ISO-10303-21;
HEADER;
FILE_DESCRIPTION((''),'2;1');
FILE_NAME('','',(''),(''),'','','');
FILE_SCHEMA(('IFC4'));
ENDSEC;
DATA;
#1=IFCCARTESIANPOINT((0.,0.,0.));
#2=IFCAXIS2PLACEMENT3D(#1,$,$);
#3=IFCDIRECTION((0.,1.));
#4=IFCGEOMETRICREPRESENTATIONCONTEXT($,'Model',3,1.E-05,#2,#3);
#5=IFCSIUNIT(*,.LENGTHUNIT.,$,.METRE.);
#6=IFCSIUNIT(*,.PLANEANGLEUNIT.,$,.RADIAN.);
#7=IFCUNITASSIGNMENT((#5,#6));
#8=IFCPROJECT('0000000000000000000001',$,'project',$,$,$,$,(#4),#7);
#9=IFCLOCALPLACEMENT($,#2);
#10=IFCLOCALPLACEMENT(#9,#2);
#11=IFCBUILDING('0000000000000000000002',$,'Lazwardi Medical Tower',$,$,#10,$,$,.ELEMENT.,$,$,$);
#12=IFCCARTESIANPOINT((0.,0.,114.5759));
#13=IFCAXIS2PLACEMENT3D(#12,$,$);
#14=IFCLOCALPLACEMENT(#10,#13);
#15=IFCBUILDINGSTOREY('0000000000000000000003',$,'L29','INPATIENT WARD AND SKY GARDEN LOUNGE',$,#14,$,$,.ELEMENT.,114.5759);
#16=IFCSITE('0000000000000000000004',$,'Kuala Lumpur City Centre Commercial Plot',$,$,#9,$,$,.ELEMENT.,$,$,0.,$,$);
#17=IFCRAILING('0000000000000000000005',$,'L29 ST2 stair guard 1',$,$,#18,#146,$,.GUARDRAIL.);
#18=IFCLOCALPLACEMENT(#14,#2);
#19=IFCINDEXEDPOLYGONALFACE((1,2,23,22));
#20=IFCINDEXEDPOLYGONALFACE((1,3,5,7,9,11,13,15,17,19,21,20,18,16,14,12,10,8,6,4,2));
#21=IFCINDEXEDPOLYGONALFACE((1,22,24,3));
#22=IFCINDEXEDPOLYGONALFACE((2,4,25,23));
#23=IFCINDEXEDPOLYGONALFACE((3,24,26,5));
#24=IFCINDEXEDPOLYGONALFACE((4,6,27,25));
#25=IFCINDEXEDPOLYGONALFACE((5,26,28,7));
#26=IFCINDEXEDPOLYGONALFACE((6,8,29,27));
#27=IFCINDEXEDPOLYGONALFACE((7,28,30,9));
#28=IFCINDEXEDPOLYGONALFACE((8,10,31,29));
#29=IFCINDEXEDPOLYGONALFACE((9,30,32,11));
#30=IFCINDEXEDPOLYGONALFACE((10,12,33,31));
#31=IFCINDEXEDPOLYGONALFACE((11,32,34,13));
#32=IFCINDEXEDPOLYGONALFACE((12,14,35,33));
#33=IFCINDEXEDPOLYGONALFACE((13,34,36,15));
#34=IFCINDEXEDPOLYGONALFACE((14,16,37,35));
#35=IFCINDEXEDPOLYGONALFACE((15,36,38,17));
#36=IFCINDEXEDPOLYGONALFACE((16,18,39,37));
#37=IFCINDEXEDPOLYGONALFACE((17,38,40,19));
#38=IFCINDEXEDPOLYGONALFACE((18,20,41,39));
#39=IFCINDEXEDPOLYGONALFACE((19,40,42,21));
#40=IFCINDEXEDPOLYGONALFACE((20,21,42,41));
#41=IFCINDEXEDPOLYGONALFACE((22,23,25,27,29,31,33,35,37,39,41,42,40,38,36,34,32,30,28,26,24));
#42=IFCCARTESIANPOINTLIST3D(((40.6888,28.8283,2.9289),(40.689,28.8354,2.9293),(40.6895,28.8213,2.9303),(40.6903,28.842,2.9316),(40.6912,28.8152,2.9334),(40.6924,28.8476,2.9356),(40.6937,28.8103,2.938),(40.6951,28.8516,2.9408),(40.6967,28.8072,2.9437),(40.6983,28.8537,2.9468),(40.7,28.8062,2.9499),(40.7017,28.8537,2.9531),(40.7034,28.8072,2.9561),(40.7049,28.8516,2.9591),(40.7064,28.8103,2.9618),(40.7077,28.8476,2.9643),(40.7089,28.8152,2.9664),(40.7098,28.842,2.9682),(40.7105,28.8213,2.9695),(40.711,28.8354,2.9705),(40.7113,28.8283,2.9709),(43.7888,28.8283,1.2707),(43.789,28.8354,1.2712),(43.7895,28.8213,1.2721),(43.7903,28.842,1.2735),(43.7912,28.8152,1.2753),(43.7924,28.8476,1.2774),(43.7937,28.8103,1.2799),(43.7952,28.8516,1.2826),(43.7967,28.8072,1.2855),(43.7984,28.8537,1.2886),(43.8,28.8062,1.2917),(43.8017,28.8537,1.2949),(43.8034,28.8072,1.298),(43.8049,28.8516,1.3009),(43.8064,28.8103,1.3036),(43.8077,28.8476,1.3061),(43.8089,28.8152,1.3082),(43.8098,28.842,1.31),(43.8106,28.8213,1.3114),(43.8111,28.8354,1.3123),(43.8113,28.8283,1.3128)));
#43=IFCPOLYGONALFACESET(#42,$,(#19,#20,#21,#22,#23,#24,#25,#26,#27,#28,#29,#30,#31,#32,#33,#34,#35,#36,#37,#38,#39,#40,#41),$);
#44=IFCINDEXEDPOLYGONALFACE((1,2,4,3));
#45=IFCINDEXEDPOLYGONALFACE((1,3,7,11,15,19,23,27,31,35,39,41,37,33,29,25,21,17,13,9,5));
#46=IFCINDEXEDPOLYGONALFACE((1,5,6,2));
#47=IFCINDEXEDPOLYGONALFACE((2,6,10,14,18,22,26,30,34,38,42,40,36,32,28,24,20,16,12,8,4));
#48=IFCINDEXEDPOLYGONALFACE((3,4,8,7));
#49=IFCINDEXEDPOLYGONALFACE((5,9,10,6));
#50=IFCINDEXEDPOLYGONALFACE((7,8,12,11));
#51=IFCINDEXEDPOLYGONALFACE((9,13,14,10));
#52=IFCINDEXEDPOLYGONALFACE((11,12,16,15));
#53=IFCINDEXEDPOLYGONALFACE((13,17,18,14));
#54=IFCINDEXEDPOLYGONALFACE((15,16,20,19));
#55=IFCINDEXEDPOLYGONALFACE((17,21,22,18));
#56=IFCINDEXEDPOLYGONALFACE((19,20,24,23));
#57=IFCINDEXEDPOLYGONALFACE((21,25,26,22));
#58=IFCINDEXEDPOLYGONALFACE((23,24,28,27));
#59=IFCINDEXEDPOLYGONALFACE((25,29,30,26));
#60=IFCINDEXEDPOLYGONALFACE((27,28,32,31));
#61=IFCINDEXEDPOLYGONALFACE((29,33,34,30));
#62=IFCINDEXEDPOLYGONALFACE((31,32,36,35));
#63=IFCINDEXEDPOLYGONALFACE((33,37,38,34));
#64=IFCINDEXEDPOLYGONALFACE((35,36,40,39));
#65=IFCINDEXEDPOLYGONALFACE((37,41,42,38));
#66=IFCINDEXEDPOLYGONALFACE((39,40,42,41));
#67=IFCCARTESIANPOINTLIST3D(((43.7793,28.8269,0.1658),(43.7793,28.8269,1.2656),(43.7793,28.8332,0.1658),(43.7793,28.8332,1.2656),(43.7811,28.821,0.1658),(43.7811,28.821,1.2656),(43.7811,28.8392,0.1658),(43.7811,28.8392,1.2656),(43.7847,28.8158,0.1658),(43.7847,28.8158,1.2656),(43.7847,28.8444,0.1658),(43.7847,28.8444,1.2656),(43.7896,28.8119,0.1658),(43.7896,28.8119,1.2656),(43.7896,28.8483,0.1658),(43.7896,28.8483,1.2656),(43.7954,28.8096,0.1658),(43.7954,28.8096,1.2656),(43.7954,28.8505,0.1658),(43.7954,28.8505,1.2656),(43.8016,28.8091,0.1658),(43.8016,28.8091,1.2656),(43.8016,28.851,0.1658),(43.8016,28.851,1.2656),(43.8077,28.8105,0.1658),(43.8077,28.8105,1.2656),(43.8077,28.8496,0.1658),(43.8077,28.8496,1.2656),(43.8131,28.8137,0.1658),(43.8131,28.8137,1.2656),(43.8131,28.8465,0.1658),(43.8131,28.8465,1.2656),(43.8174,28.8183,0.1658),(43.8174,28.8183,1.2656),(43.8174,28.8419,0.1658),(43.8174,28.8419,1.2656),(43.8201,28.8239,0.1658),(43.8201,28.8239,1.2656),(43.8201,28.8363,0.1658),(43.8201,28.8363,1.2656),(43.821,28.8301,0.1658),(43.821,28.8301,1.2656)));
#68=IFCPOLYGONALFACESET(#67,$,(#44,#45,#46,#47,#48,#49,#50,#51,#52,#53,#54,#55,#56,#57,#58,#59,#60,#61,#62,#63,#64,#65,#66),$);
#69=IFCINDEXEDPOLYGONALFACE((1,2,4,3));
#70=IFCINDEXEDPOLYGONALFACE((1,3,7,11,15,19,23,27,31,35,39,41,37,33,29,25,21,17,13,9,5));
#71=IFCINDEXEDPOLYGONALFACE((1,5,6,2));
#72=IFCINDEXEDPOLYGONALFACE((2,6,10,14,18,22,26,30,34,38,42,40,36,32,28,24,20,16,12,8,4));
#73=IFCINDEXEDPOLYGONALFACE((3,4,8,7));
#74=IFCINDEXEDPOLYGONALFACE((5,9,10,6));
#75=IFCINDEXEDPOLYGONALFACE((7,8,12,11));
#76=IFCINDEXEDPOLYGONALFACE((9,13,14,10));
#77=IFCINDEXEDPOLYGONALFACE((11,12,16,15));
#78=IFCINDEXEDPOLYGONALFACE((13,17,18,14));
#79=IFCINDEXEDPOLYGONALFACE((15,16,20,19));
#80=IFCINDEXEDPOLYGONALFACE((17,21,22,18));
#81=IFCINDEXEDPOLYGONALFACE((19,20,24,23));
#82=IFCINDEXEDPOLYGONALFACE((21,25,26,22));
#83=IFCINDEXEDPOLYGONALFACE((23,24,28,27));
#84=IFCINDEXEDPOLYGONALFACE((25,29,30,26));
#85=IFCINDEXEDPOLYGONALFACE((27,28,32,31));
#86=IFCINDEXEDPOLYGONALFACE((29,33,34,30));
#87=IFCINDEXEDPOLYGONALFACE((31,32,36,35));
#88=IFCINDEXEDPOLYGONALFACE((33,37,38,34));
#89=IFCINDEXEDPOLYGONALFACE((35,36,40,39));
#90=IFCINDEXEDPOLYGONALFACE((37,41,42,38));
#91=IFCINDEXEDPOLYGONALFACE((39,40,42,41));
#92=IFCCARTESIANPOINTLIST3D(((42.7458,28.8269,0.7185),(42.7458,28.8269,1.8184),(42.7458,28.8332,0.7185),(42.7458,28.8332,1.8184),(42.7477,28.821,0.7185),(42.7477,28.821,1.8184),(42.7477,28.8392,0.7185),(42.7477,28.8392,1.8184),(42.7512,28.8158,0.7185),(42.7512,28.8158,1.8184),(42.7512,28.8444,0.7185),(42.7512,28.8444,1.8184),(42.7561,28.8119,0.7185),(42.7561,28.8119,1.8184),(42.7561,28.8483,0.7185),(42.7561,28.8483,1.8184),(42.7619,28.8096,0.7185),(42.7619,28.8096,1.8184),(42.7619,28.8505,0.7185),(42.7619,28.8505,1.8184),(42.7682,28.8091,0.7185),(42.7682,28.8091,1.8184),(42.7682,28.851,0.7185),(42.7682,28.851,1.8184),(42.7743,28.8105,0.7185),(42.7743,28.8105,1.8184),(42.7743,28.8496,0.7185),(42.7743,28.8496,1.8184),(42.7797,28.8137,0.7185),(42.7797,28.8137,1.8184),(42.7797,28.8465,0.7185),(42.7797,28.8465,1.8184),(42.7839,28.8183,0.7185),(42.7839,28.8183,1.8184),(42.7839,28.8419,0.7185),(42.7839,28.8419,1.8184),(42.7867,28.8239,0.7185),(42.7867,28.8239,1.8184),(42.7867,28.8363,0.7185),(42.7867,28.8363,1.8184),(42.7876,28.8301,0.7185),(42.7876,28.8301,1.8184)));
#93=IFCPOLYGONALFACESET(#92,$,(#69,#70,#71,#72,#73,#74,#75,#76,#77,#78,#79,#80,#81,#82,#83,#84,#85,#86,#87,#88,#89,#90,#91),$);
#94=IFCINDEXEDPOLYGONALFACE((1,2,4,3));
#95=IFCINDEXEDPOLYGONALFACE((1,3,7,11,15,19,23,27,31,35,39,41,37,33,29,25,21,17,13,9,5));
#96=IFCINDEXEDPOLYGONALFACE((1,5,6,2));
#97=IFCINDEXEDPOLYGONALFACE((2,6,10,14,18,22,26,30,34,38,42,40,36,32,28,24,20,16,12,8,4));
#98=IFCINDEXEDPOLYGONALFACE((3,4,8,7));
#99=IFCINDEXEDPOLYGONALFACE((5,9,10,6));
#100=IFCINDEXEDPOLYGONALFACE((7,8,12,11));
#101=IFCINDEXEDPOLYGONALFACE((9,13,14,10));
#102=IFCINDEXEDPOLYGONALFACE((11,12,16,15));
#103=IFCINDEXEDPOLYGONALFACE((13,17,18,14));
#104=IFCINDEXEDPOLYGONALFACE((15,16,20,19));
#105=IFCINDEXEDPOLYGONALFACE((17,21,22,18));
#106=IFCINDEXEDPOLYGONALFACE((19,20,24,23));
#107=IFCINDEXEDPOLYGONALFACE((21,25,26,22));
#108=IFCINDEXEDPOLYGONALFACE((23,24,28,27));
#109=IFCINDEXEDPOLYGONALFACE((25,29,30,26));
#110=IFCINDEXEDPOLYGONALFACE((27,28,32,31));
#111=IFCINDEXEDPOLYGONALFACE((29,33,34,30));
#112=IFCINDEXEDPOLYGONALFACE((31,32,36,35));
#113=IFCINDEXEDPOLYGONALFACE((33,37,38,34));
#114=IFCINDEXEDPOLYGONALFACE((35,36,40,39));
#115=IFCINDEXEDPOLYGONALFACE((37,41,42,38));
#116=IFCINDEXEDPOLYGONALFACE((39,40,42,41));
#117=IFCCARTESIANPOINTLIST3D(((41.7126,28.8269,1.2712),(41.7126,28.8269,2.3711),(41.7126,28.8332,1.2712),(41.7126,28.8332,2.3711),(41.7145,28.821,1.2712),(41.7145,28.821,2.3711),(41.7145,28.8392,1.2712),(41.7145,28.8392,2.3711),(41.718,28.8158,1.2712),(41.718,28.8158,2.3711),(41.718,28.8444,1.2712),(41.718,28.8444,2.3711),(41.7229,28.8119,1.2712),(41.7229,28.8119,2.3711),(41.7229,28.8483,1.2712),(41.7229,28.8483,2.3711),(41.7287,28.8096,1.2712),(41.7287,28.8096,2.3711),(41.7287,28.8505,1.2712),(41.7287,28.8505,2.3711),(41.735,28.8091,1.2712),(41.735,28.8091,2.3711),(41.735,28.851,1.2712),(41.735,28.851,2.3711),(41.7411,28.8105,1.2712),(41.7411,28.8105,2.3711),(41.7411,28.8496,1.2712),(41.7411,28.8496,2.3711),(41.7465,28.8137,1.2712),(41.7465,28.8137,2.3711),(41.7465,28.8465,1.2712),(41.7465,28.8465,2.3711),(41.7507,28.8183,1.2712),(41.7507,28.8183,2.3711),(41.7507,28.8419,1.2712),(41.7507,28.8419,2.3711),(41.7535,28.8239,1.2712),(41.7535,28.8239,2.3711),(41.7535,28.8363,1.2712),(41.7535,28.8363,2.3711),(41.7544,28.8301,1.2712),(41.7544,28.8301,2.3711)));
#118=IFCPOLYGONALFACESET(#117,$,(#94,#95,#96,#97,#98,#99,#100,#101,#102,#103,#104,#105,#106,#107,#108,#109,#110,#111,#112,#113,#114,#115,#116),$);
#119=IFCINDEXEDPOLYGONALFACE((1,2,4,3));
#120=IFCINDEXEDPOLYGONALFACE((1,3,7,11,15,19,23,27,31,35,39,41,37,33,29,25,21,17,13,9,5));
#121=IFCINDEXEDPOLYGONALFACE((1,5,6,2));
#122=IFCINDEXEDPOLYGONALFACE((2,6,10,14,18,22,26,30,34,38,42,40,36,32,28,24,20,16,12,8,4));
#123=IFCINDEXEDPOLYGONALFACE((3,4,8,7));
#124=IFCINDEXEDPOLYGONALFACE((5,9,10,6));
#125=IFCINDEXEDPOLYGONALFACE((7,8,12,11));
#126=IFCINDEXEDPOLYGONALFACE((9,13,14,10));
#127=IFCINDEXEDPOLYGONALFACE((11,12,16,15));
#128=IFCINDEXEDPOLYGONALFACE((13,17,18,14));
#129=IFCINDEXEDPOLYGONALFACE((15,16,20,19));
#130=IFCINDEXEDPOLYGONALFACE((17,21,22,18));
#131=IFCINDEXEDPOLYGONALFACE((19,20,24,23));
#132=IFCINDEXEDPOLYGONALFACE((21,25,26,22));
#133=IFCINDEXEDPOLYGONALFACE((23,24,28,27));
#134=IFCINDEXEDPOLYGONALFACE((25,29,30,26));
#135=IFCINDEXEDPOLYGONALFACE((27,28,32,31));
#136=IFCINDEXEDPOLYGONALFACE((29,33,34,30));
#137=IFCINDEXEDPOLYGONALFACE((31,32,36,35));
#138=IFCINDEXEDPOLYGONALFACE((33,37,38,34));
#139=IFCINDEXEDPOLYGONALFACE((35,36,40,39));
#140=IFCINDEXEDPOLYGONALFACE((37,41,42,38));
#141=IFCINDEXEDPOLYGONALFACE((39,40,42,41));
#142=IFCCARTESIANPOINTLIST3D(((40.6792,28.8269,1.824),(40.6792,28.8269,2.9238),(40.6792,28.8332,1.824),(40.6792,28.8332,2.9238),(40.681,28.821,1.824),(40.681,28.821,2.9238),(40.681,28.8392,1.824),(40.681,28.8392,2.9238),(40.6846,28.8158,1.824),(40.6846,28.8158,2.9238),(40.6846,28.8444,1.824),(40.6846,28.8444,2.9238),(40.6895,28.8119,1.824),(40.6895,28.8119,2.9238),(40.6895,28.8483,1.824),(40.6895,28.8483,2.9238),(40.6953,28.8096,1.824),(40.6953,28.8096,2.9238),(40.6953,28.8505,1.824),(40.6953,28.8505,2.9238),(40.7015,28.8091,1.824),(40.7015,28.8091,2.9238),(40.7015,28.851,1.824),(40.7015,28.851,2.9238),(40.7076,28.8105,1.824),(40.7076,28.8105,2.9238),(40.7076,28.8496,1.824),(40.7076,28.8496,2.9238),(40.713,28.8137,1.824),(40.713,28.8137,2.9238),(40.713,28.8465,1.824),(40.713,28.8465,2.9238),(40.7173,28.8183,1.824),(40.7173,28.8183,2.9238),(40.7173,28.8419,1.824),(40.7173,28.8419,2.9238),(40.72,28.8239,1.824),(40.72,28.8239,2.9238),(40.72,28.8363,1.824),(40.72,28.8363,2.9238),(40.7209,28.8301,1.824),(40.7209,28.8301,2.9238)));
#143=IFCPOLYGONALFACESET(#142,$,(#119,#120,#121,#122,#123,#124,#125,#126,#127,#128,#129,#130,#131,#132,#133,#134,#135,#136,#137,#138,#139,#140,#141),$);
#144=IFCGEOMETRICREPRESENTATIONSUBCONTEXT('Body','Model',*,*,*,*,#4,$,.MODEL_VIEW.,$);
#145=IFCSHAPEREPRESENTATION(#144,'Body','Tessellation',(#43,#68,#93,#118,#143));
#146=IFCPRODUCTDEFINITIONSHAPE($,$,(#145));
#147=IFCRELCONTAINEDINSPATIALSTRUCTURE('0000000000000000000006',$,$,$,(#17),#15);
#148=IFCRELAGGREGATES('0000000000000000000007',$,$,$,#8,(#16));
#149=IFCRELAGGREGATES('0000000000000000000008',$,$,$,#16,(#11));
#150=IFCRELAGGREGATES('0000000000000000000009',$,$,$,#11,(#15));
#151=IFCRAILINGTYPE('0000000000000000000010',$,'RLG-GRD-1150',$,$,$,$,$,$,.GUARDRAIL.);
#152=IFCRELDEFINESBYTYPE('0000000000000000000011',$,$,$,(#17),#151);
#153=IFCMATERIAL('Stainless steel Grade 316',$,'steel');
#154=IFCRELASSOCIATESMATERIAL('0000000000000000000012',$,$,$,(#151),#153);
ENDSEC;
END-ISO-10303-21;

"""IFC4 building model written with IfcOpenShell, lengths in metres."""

from ifc_helpers import new_model, si_unit, direction, frame, origin, origin_2d, place, context, subcontext, project, spatial, circle, extrude, material, type_object, element, save


model = new_model("IFC4")

# Units and contexts
model_context = context("Model", 3, precision=1e-05, world=origin(), true_north=direction((0.0, 1.0)))
body_context = subcontext(model_context, "Body", "Model", "MODEL_VIEW")
ifc_project = project(units=[si_unit("LENGTHUNIT", "METRE"), si_unit("PLANEANGLEUNIT", "RADIAN")], contexts=[model_context])

# Site, building, storey
site_placement = place(None, origin())
site = spatial("IfcSite", under=ifc_project, at=site_placement, Name="Kuala Lumpur City Centre Commercial Plot", CompositionType="ELEMENT", RefElevation=0.0)
building_placement = place(site_placement, origin())
building = spatial("IfcBuilding", under=site, at=building_placement, Name="Lazwardi Medical Tower", CompositionType="ELEMENT")
storey_placement = place(building_placement, frame((0.0, 0.0, 114.5759)))
storey = spatial("IfcBuildingStorey", under=building, at=storey_placement, Name="L29", Description="INPATIENT WARD AND SKY GARDEN LOUNGE", CompositionType="ELEMENT", Elevation=114.5759)

# Railing
ifc_material_1 = material(Name="Stainless steel Grade 316", Category="steel")
railing_type_1 = type_object("IfcRailingType", Name="RLG-GRD-1150", PredefinedType="GUARDRAIL", material=ifc_material_1)
railing_1_placement = place(storey_placement, frame((43.8, 28.8301, 0.1658)))
element("IfcRailing", 1, at=railing_1_placement, inside=storey, type_object=railing_type_1, Name="L29 ST2 stair guard 1", PredefinedType="GUARDRAIL", context=body_context, shape_type="SweptSolid", body=[
    extrude(circle(Radius=0.0239, at=origin_2d()), frame((0.0, 0.0, 1.126), z_axis=(-0.881783, 0.0, 0.471655), x_axis=(0.0, -1.0, 0.0)), (0.0, 0.0, 1.0), 3.5156),
    extrude(circle(Radius=0.021, at=origin_2d()), origin(), (0.0, 0.0, 1.0), 1.0999),
    extrude(circle(Radius=0.021, at=origin_2d()), frame((-1.0334, 0.0, 0.5527)), (0.0, 0.0, 1.0), 1.0999),
    extrude(circle(Radius=0.021, at=origin_2d()), frame((-2.0667, 0.0, 1.1055)), (0.0, 0.0, 1.0), 1.0999),
    extrude(circle(Radius=0.021, at=origin_2d()), frame((-3.1001, 0.0, 1.6582)), (0.0, 0.0, 1.0), 1.0999),
])

save(model, "model.ifc")
